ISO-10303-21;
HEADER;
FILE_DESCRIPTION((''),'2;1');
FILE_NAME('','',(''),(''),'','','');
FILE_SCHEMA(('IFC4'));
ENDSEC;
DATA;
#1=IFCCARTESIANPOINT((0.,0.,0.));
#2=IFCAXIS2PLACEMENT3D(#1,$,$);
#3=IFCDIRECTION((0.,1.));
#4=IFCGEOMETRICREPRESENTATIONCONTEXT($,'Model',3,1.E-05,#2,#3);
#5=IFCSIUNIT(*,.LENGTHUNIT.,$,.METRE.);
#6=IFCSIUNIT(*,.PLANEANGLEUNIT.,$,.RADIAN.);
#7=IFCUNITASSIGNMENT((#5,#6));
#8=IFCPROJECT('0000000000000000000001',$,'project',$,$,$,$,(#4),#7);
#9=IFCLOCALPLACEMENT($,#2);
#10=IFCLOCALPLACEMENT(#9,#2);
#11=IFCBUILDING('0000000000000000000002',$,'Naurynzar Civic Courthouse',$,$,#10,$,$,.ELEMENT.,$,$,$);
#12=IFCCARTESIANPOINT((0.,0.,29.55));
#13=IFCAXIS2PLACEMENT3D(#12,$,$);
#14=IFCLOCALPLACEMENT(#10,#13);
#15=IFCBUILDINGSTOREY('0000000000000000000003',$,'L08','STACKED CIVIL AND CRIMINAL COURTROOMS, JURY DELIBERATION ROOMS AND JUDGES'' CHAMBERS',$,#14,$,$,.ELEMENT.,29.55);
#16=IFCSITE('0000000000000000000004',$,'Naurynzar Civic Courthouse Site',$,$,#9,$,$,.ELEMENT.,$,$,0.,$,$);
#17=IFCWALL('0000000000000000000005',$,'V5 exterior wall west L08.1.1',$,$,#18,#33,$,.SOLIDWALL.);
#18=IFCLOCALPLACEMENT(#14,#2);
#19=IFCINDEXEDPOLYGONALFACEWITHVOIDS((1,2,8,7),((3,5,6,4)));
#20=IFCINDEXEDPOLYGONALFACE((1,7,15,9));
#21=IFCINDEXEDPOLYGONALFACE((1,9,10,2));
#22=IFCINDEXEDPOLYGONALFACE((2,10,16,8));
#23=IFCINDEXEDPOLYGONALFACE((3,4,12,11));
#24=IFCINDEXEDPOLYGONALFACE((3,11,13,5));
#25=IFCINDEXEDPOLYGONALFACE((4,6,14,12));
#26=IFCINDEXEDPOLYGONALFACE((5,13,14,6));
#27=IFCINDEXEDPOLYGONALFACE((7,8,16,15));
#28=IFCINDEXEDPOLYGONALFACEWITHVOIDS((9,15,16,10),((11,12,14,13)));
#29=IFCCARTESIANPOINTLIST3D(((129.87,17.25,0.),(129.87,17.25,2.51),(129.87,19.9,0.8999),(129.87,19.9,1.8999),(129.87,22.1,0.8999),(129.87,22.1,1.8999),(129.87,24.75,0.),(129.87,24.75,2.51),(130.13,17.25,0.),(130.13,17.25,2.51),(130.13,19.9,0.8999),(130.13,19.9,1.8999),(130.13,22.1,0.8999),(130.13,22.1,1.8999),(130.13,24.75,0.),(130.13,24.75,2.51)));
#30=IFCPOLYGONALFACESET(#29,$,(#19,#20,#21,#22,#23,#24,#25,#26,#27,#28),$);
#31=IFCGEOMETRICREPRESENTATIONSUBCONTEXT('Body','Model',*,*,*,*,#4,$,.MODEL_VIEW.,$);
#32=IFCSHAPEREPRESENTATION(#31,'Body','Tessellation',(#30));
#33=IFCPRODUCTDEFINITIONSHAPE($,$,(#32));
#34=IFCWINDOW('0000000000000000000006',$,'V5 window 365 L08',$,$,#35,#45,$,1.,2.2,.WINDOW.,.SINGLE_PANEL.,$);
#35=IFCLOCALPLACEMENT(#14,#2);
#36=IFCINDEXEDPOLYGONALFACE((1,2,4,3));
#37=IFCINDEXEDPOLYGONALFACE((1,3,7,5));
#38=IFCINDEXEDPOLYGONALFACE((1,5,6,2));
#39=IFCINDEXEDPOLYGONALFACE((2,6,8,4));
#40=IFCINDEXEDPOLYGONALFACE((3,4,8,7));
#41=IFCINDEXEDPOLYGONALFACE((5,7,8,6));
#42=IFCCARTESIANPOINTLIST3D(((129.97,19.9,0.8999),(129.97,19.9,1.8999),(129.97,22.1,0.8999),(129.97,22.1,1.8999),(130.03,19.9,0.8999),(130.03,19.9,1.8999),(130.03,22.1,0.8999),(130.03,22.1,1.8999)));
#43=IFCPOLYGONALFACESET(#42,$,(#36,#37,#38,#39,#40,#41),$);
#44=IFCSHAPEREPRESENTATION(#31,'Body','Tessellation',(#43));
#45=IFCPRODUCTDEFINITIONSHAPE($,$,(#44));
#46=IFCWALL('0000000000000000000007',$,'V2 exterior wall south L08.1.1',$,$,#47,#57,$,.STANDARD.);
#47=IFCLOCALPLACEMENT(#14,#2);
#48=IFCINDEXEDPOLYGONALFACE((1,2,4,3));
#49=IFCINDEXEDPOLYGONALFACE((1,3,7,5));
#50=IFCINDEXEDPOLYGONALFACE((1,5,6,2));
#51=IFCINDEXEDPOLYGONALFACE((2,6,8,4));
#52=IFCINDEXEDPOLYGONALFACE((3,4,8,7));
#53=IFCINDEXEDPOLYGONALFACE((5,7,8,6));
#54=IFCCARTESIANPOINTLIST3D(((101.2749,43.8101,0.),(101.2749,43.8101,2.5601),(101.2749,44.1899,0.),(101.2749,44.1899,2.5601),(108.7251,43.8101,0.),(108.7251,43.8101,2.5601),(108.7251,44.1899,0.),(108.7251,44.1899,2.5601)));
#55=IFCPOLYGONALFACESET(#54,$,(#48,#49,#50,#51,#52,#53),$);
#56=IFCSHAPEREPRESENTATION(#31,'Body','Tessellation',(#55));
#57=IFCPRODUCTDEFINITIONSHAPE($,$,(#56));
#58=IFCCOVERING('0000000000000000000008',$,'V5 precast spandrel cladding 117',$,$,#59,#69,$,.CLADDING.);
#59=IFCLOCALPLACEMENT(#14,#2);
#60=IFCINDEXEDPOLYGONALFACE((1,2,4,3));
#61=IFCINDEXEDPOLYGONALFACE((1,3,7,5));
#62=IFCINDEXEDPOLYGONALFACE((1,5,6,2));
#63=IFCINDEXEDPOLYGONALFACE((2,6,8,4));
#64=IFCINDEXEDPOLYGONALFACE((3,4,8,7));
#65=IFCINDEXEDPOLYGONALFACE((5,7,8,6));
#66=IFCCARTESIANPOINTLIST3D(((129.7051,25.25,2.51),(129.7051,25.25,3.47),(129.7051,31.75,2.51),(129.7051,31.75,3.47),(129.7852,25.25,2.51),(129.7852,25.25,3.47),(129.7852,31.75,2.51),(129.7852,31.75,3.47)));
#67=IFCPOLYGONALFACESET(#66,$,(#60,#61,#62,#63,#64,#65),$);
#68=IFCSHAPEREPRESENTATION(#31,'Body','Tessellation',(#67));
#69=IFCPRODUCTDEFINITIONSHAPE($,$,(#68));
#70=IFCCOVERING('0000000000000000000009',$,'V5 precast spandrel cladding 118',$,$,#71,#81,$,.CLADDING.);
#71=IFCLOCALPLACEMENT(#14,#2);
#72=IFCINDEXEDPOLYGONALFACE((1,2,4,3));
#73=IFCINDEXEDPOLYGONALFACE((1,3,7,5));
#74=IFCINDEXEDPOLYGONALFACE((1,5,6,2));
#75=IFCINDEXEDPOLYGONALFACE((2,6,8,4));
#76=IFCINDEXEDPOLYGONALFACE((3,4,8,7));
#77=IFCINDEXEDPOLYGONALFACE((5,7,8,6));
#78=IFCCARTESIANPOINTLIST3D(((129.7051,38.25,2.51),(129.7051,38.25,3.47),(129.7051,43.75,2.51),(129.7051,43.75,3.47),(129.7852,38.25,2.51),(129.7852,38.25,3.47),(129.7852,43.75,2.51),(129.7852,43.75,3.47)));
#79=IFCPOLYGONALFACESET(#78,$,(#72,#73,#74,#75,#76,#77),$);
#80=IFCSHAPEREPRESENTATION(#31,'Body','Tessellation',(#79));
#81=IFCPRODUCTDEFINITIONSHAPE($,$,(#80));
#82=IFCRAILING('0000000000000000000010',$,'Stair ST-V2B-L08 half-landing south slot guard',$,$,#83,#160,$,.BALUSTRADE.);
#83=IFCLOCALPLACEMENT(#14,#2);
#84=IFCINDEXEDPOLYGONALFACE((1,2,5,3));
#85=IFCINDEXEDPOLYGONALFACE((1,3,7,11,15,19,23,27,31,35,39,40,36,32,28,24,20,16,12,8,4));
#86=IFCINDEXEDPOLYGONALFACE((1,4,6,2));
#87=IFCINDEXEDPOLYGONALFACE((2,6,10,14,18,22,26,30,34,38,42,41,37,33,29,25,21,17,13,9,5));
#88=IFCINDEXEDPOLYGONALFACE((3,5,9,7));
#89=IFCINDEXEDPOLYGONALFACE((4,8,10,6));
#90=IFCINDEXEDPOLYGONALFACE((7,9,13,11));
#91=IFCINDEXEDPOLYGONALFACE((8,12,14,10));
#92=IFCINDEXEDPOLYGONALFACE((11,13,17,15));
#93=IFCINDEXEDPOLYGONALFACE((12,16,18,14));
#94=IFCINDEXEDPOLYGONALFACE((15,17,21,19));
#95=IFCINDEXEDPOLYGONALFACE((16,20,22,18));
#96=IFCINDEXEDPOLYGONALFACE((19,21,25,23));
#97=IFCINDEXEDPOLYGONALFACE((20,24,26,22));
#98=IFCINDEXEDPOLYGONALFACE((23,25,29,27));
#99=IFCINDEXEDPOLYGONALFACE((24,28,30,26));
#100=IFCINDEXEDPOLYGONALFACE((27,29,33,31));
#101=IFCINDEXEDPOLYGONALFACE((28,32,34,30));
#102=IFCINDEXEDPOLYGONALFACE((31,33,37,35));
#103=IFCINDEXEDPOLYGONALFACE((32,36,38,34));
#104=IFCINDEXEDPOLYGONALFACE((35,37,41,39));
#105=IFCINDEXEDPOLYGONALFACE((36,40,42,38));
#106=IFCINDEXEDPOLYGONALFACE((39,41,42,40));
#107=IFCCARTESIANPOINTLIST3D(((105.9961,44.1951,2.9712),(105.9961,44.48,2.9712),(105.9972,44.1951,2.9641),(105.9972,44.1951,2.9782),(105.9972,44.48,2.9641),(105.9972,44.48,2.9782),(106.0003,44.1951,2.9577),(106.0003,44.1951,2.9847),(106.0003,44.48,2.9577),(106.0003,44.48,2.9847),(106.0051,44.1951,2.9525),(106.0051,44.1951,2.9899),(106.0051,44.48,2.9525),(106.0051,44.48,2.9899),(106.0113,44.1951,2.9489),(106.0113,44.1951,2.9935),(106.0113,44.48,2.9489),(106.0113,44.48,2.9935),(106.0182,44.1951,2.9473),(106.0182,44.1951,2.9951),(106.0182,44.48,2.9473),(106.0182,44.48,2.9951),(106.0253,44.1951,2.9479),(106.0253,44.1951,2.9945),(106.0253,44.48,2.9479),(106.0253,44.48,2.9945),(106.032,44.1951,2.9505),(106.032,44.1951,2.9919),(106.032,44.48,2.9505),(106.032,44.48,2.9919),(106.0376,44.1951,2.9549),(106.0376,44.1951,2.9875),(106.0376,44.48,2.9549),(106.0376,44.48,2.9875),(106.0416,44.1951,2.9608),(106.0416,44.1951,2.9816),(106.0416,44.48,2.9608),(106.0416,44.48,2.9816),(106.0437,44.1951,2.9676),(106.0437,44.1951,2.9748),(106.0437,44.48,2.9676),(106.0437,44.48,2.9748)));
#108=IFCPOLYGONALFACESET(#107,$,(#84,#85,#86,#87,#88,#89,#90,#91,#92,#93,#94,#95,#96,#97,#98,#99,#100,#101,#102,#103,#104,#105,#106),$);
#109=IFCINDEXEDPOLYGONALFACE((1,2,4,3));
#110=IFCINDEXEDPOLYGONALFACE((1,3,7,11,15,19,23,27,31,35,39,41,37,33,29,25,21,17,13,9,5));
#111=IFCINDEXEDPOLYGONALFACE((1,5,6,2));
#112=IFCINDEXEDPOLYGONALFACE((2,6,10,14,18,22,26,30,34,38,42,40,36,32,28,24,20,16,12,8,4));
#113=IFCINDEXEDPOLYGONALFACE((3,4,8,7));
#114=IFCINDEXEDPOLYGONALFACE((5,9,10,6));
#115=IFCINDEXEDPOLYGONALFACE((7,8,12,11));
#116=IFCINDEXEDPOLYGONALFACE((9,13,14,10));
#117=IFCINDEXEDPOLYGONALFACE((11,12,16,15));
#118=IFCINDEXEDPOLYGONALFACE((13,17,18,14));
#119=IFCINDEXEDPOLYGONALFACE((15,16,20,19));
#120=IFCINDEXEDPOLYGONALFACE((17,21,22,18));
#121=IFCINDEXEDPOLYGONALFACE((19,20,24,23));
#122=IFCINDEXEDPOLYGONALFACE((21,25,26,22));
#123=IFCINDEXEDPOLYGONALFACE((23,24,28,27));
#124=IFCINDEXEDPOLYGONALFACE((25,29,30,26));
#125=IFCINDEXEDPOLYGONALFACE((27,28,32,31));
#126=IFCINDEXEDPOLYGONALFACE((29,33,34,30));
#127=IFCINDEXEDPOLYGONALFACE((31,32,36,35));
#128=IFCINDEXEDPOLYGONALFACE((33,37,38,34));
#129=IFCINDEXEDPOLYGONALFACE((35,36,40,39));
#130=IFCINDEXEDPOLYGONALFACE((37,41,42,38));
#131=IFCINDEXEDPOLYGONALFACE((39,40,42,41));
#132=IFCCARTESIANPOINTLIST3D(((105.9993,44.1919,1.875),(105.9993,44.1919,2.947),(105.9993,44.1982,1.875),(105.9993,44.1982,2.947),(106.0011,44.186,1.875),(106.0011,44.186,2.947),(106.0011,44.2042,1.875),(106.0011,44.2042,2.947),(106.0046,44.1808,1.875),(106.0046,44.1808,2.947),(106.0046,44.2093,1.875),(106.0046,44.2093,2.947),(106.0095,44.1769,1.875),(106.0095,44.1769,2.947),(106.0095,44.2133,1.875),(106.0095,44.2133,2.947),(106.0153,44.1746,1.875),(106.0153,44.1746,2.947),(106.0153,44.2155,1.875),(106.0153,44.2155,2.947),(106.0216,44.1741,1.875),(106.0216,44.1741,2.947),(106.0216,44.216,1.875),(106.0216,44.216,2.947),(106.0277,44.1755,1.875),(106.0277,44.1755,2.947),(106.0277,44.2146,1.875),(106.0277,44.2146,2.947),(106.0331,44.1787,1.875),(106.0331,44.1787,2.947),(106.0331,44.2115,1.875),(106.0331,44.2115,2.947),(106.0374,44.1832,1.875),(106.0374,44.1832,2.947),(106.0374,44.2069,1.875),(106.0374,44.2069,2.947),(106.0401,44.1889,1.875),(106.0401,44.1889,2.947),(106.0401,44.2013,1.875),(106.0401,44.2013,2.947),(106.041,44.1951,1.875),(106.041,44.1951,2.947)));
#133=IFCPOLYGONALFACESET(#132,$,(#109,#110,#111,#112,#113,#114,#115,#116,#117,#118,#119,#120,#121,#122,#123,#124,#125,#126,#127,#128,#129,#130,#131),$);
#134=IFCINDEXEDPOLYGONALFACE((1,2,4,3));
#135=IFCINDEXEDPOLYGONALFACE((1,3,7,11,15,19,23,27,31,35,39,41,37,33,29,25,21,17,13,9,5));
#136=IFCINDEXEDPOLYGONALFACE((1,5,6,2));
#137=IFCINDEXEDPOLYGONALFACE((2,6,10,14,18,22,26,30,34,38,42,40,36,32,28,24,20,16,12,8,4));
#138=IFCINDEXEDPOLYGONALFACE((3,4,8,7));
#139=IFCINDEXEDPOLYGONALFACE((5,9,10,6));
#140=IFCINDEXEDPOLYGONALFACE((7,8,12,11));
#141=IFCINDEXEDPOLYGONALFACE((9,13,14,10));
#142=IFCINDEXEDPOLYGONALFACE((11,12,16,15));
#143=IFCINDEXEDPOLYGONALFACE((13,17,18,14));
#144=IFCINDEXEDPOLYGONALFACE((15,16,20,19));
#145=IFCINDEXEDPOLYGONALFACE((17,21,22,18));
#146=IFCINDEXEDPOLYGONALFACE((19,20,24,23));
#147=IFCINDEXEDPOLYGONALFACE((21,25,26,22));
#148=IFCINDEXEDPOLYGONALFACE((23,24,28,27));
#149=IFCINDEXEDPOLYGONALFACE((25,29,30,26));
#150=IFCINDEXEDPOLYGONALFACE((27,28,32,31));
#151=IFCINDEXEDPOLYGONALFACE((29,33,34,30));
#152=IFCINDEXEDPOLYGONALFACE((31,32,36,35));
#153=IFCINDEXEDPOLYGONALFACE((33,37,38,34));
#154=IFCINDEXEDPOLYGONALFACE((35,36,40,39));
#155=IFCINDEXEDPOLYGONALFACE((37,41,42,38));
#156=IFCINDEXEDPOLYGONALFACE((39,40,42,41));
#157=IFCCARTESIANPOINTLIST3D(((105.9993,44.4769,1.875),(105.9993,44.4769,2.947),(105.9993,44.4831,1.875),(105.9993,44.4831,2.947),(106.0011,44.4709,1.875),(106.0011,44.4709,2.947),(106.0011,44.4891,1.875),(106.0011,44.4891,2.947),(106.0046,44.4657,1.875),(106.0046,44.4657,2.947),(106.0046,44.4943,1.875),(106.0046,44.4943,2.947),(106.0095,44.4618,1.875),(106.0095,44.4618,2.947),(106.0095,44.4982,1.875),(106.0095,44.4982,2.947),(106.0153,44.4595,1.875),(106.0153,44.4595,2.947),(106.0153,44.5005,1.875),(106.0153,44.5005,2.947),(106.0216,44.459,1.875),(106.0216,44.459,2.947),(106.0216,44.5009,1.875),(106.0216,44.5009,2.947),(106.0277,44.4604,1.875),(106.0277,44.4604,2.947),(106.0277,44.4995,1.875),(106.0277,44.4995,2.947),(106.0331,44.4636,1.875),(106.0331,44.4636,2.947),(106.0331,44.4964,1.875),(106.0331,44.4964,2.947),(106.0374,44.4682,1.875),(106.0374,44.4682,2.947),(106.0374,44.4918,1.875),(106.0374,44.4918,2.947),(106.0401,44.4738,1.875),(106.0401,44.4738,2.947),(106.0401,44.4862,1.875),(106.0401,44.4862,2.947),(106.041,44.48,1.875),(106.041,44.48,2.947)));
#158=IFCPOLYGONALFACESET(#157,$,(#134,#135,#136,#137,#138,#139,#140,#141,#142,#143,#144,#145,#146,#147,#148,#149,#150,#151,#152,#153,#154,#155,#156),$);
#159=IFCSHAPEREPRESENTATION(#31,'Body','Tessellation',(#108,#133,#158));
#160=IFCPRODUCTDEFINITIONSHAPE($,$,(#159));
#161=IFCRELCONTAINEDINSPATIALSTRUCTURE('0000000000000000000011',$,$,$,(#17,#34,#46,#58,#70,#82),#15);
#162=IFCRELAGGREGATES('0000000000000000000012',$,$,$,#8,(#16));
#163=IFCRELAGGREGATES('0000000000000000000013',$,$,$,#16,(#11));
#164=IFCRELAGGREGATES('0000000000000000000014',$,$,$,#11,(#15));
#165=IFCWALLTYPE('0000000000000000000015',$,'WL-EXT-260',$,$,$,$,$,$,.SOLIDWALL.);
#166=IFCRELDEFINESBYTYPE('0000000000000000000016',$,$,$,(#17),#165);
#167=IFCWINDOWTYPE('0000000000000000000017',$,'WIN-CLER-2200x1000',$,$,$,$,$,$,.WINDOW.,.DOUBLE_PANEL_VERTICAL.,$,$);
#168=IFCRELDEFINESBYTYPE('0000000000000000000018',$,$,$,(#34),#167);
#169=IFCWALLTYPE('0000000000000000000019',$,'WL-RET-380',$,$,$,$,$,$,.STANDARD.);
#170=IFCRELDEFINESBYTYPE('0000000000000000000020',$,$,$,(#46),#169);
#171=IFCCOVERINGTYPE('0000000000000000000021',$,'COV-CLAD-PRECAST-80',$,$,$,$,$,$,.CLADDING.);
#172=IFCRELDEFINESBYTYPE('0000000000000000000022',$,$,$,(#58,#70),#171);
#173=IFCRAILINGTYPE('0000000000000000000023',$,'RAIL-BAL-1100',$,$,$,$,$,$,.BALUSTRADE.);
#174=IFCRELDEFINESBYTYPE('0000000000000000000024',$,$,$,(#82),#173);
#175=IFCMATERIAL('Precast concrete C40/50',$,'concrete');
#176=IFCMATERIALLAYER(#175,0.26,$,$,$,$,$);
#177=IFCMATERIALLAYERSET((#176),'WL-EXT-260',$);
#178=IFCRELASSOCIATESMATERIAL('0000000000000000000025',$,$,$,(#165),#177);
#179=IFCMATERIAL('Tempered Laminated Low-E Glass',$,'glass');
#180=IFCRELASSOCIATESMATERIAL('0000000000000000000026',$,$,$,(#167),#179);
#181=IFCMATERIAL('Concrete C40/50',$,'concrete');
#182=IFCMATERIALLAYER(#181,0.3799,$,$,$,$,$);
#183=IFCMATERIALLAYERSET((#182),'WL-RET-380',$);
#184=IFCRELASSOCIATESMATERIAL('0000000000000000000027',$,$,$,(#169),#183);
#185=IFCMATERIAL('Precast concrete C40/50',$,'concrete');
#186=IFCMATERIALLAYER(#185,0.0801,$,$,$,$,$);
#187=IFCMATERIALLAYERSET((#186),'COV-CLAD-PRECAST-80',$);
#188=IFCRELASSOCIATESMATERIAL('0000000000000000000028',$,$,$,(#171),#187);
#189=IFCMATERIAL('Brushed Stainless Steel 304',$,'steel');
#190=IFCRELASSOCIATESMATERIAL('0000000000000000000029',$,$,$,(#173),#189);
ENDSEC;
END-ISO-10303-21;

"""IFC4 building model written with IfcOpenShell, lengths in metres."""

from ifc_helpers import new_model, si_unit, direction, frame, frame_2d, origin, origin_2d, place, context, subcontext, project, spatial, rectangle, circle, extrude, material, layer, layer_set, type_object, element, fill, save


model = new_model("IFC4")

# Units and contexts
model_context = context("Model", 3, precision=1e-05, world=origin(), true_north=direction((0.0, 1.0)))
body_context = subcontext(model_context, "Body", "Model", "MODEL_VIEW")
ifc_project = project(units=[si_unit("LENGTHUNIT", "METRE"), si_unit("PLANEANGLEUNIT", "RADIAN")], contexts=[model_context])

# Site, building, storey
site_placement = place(None, origin())
site = spatial("IfcSite", under=ifc_project, at=site_placement, Name="Naurynzar Civic Courthouse Site", CompositionType="ELEMENT", RefElevation=0.0)
building_placement = place(site_placement, origin())
building = spatial("IfcBuilding", under=site, at=building_placement, Name="Naurynzar Civic Courthouse", CompositionType="ELEMENT")
storey_placement = place(building_placement, frame((0.0, 0.0, 29.55)))
storey = spatial("IfcBuildingStorey", under=building, at=storey_placement, Name="L08", Description="STACKED CIVIL AND CRIMINAL COURTROOMS, JURY DELIBERATION ROOMS AND JUDGES' CHAMBERS", CompositionType="ELEMENT", Elevation=29.55)

# Wall, opening, window
ifc_material_1 = material(Name="Precast concrete C40/50", Category="concrete")
ifc_layer_1 = layer(ifc_material_1, 0.26)
ifc_layer_set_1 = layer_set([ifc_layer_1], Name="WL-EXT-260")
wall_type_1 = type_object("IfcWallType", Name="WL-EXT-260", PredefinedType="SOLIDWALL", material=ifc_layer_set_1)
wall_1_placement = place(storey_placement, frame((130.0, 17.25, 0.0), z_axis=(0.0, 0.0, 1.0), x_axis=(0.0, 1.0, 0.0)))
wall_1 = element("IfcWall", 1, at=wall_1_placement, inside=storey, type_object=wall_type_1, Name="V5 exterior wall west L08.1.1", PredefinedType="SOLIDWALL", context=body_context, shape_type="SweptSolid", body=[
    extrude(rectangle(XDim=7.5, YDim=0.26, at=frame_2d((3.75, 0.0))), origin(), (0.0, 0.0, 1.0), 2.51),
])
opening_placement = place(wall_1_placement, frame((2.6499, 0.0, 0.8999)))
opening = element("IfcOpeningElement", 2, at=opening_placement, cuts=wall_1, PredefinedType="OPENING", context=body_context, shape_type="SweptSolid", body=[
    extrude(rectangle(XDim=2.2, YDim=1.0, at=frame_2d((1.1001, 0.5))), frame((0.0, 0.1399, 0.0), z_axis=(0.0, -1.0, 0.0), x_axis=(1.0, 0.0, 0.0)), (0.0, 0.0, 1.0), 0.28),
])
ifc_material_2 = material(Name="Tempered Laminated Low-E Glass", Category="glass")
window_type = type_object("IfcWindowType", Name="WIN-CLER-2200x1000", PartitioningType="DOUBLE_PANEL_VERTICAL", PredefinedType="WINDOW", material=ifc_material_2)
window_placement = place(opening_placement, origin())
window = element("IfcWindow", 3, at=window_placement, inside=storey, type_object=window_type, Name="V5 window 365 L08", OverallHeight=1.0, OverallWidth=2.2, PartitioningType="SINGLE_PANEL", PredefinedType="WINDOW", context=body_context, shape_type="SweptSolid", body=[
    extrude(rectangle(XDim=2.2, YDim=1.0, at=frame_2d((1.1001, 0.5))), frame((0.0, 0.03, 0.0), z_axis=(0.0, -1.0, 0.0), x_axis=(1.0, 0.0, 0.0)), (0.0, 0.0, 1.0), 0.0601),
])
fill(opening, window)

# Wall
ifc_material_3 = material(Name="Concrete C40/50", Category="concrete")
ifc_layer_2 = layer(ifc_material_3, 0.3799)
ifc_layer_set_2 = layer_set([ifc_layer_2], Name="WL-RET-380")
wall_type_2 = type_object("IfcWallType", Name="WL-RET-380", PredefinedType="STANDARD", material=ifc_layer_set_2)
wall_2_placement = place(storey_placement, frame((108.7251, 44.0, 0.0), z_axis=(0.0, 0.0, 1.0), x_axis=(-1.0, 0.0, 0.0)))
element("IfcWall", 4, at=wall_2_placement, inside=storey, type_object=wall_type_2, Name="V2 exterior wall south L08.1.1", PredefinedType="STANDARD", context=body_context, shape_type="SweptSolid", body=[
    extrude(rectangle(XDim=7.4502, YDim=0.3799, at=frame_2d((3.7251, 0.0))), origin(), (0.0, 0.0, 1.0), 2.5601),
])

# Coverings
ifc_material_4 = material(Name="Precast concrete C40/50", Category="concrete")
ifc_layer_3 = layer(ifc_material_4, 0.0801)
ifc_layer_set_3 = layer_set([ifc_layer_3], Name="COV-CLAD-PRECAST-80")
covering_type = type_object("IfcCoveringType", Name="COV-CLAD-PRECAST-80", PredefinedType="CLADDING", material=ifc_layer_set_3)
covering_1_placement = place(storey_placement, frame((129.7451, 28.5, 2.51), z_axis=(0.0, 0.0, 1.0), x_axis=(0.0, 1.0, 0.0)))
element("IfcCovering", 5, at=covering_1_placement, inside=storey, type_object=covering_type, Name="V5 precast spandrel cladding 117", PredefinedType="CLADDING", context=body_context, shape_type="SweptSolid", body=[
    extrude(rectangle(XDim=6.5, YDim=0.0801, at=origin_2d()), origin(), (0.0, 0.0, 1.0), 0.96),
])
covering_2_placement = place(storey_placement, frame((129.7451, 41.0, 2.51), z_axis=(0.0, 0.0, 1.0), x_axis=(0.0, 1.0, 0.0)))
element("IfcCovering", 6, at=covering_2_placement, inside=storey, type_object=covering_type, Name="V5 precast spandrel cladding 118", PredefinedType="CLADDING", context=body_context, shape_type="SweptSolid", body=[
    extrude(rectangle(XDim=5.5, YDim=0.0801, at=origin_2d()), origin(), (0.0, 0.0, 1.0), 0.96),
])

# Railing
ifc_material_5 = material(Name="Brushed Stainless Steel 304", Category="steel")
railing_type = type_object("IfcRailingType", Name="RAIL-BAL-1100", PredefinedType="BALUSTRADE", material=ifc_material_5)
railing_placement = place(storey_placement, frame((106.02, 44.1951, 1.875)))
element("IfcRailing", 7, at=railing_placement, inside=storey, type_object=railing_type, Name="Stair ST-V2B-L08 half-landing south slot guard", PredefinedType="BALUSTRADE", context=body_context, shape_type="SweptSolid", body=[
    extrude(circle(Radius=0.0239, at=origin_2d()), frame((0.0, 0.0, 1.0962), z_axis=(0.0, 1.0, 0.0), x_axis=(-1.0, 0.0, 0.0)), (0.0, 0.0, 1.0), 0.2849),
    extrude(circle(Radius=0.021, at=origin_2d()), origin(), (0.0, 0.0, 1.0), 1.072),
    extrude(circle(Radius=0.021, at=origin_2d()), frame((0.0, 0.2849, 0.0)), (0.0, 0.0, 1.0), 1.072),
])

save(model, "model.ifc")
